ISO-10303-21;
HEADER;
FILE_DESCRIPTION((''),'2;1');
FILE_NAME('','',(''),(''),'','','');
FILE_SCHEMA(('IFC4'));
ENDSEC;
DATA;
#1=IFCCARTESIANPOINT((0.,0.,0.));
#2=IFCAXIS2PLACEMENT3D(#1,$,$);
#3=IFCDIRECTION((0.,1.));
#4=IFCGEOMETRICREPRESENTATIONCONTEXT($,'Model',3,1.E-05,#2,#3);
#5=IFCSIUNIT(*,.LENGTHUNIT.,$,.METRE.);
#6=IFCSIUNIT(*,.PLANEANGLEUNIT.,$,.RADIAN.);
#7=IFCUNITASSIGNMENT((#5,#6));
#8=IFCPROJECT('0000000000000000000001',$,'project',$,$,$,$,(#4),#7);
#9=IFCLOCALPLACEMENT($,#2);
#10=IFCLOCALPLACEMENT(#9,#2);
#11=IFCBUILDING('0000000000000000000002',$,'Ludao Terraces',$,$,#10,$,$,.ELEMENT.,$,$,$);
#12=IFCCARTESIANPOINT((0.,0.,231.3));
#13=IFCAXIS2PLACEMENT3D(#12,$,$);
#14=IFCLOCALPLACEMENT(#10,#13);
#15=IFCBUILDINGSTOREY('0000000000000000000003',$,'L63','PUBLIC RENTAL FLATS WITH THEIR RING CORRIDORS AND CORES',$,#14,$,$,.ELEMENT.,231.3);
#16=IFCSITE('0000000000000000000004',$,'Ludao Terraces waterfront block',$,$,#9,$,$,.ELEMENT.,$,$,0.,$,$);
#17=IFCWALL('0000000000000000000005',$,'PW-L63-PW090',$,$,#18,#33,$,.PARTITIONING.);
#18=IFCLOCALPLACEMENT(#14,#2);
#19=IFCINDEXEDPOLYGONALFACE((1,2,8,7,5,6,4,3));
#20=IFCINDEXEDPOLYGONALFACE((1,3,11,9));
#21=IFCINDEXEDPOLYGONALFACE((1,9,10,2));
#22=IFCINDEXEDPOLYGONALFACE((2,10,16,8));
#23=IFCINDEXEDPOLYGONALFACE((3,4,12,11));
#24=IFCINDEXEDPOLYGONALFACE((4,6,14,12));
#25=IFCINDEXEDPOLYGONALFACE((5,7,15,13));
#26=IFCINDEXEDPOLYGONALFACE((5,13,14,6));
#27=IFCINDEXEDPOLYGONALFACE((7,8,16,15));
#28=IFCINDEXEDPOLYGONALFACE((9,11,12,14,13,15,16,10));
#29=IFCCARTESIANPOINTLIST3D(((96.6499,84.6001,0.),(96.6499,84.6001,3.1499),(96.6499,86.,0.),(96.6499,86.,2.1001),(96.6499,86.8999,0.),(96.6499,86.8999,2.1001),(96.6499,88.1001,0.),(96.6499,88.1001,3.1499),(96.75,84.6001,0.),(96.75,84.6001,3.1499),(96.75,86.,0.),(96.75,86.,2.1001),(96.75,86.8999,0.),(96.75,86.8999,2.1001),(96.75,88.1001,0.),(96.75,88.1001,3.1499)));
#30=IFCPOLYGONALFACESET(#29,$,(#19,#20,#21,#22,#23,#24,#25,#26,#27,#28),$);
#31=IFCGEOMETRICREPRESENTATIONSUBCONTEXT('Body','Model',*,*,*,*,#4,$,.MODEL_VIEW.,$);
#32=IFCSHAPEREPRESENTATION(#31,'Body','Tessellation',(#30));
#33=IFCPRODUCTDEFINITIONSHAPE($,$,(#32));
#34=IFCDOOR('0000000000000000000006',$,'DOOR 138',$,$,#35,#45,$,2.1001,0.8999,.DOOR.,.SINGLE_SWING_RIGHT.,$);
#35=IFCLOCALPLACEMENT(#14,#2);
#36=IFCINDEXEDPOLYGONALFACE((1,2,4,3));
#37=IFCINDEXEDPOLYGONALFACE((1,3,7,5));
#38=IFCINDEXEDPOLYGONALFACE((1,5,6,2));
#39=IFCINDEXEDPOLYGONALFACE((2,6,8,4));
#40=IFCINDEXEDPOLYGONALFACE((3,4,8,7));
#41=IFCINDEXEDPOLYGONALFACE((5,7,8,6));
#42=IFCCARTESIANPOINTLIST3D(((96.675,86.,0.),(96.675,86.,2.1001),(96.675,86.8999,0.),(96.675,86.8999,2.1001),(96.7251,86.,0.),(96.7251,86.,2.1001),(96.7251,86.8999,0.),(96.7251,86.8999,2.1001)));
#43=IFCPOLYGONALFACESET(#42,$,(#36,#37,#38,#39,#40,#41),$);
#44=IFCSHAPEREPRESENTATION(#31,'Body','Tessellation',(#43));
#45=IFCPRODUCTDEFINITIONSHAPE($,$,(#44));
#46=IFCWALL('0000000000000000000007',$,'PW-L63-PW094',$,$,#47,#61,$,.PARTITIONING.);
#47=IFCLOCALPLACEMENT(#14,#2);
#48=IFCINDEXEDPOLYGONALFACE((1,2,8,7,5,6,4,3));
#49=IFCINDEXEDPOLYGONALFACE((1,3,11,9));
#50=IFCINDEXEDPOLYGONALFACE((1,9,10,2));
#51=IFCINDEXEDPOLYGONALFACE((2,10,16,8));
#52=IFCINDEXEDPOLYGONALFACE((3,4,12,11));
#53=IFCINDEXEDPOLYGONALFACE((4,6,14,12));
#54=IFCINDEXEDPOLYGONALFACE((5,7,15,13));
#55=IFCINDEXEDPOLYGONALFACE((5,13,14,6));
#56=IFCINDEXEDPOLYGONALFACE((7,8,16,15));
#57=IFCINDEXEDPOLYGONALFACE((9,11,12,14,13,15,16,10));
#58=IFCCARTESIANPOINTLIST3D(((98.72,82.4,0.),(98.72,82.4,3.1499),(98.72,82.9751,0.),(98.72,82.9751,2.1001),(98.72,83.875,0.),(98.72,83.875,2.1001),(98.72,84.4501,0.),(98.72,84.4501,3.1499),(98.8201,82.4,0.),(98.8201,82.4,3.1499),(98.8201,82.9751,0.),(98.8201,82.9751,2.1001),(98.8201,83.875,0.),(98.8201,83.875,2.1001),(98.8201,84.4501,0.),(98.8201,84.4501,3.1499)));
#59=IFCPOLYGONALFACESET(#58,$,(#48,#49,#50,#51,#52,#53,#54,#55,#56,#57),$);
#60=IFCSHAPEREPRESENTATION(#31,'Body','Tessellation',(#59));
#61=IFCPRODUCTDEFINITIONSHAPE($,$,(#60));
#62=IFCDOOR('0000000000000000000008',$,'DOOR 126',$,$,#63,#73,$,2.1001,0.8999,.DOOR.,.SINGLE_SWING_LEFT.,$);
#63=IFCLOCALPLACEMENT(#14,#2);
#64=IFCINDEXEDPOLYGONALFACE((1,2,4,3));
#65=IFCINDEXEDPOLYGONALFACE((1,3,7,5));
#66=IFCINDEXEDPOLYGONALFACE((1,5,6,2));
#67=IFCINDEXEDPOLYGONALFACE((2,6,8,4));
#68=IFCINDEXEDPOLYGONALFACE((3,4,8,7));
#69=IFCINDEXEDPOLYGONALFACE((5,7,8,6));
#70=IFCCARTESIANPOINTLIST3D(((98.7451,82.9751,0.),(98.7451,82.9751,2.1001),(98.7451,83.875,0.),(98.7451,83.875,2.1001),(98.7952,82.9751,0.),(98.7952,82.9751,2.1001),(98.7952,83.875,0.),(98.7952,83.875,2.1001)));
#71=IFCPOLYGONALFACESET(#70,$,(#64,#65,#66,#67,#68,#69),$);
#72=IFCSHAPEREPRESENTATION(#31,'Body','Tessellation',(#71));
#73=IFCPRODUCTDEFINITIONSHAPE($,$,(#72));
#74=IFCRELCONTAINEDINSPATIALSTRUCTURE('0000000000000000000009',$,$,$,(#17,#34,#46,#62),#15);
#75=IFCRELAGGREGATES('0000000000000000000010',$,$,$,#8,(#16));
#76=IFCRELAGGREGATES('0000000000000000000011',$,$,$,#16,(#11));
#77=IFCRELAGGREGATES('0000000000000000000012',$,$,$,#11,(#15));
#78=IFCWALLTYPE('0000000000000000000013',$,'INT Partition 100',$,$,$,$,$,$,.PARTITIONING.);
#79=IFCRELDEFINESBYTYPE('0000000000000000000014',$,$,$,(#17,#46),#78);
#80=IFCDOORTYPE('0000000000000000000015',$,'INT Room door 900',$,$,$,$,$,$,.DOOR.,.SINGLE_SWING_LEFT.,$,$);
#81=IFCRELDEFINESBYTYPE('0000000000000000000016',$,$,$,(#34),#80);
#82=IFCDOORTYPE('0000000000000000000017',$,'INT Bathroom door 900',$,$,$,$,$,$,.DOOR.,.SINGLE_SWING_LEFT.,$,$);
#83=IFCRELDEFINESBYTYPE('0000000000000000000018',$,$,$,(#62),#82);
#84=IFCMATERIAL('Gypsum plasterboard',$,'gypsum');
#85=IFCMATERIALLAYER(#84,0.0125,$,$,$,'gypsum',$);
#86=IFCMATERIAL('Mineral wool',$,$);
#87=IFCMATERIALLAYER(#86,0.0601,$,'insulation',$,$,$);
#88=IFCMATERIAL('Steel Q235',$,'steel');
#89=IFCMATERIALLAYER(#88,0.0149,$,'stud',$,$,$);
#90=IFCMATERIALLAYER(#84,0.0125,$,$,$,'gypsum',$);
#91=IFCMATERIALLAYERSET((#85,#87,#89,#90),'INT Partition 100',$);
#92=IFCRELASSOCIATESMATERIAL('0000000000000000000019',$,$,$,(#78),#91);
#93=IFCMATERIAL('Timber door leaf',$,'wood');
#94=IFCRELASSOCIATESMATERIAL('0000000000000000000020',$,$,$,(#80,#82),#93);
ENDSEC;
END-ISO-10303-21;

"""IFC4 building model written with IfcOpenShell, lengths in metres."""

from ifc_helpers import new_model, si_unit, direction, frame, frame_2d, origin, place, context, subcontext, project, spatial, rectangle, extrude, material, layer, layer_set, type_object, element, fill, save


model = new_model("IFC4")

# Units and contexts
model_context = context("Model", 3, precision=1e-05, world=origin(), true_north=direction((0.0, 1.0)))
body_context = subcontext(model_context, "Body", "Model", "MODEL_VIEW")
ifc_project = project(units=[si_unit("LENGTHUNIT", "METRE"), si_unit("PLANEANGLEUNIT", "RADIAN")], contexts=[model_context])

# Site, building, storey
site_placement = place(None, origin())
site = spatial("IfcSite", under=ifc_project, at=site_placement, Name="Ludao Terraces waterfront block", CompositionType="ELEMENT", RefElevation=0.0)
building_placement = place(site_placement, origin())
building = spatial("IfcBuilding", under=site, at=building_placement, Name="Ludao Terraces", CompositionType="ELEMENT")
storey_placement = place(building_placement, frame((0.0, 0.0, 231.3)))
storey = spatial("IfcBuildingStorey", under=building, at=storey_placement, Name="L63", Description="PUBLIC RENTAL FLATS WITH THEIR RING CORRIDORS AND CORES", CompositionType="ELEMENT", Elevation=231.3)

# Shared definitions
ifc_material_1 = material(Name="Mineral wool")

# Shared definitions
ifc_material_2 = material(Name="Gypsum plasterboard", Category="gypsum")
ifc_layer_1 = layer(ifc_material_2, 0.0125, Category="gypsum")
ifc_layer_2 = layer(ifc_material_1, 0.0601, Name="insulation")
ifc_material_3 = material(Name="Steel Q235", Category="steel")
ifc_layer_3 = layer(ifc_material_3, 0.0149, Name="stud")
ifc_layer_4 = layer(ifc_material_2, 0.0125, Category="gypsum")
ifc_layer_set_1 = layer_set([ifc_layer_1, ifc_layer_2, ifc_layer_3, ifc_layer_4], Name="INT Partition 100")
wall_type_1 = type_object("IfcWallType", Name="INT Partition 100", PredefinedType="PARTITIONING", material=ifc_layer_set_1)

# Walls, openings, doors
ifc_material_4 = material(Name="Timber door leaf", Category="wood")
door_type_1 = type_object("IfcDoorType", Name="INT Room door 900", OperationType="SINGLE_SWING_LEFT", PredefinedType="DOOR", material=ifc_material_4)
wall_1_placement = place(storey_placement, frame((96.7, 84.6001, 0.0), z_axis=(0.0, 0.0, 1.0), x_axis=(0.0, 1.0, 0.0)))
wall_1 = element("IfcWall", 1, at=wall_1_placement, inside=storey, type_object=wall_type_1, Name="PW-L63-PW090", PredefinedType="PARTITIONING", context=body_context, shape_type="SweptSolid", body=[
    extrude(rectangle(XDim=3.5, YDim=0.1001, at=frame_2d((1.75, 0.0))), origin(), (0.0, 0.0, 1.0), 3.1499),
])
opening_1_placement = place(wall_1_placement, frame((1.3999, 0.0, 0.0)))
opening_1 = element("IfcOpeningElement", 2, at=opening_1_placement, cuts=wall_1, PredefinedType="OPENING", context=body_context, shape_type="SweptSolid", body=[
    extrude(rectangle(XDim=0.8999, YDim=2.1001, at=frame_2d((0.45, 1.05))), frame((0.0, 0.0601, 0.0), z_axis=(0.0, -1.0, 0.0), x_axis=(1.0, 0.0, 0.0)), (0.0, 0.0, 1.0), 0.1201),
])
door_1_placement = place(opening_1_placement, origin())
door_1 = element("IfcDoor", 3, at=door_1_placement, inside=storey, type_object=door_type_1, Name="DOOR 138", OperationType="SINGLE_SWING_RIGHT", OverallHeight=2.1001, OverallWidth=0.8999, PredefinedType="DOOR", context=body_context, shape_type="SweptSolid", body=[
    extrude(rectangle(XDim=0.8999, YDim=2.1001, at=frame_2d((0.45, 1.05))), frame((0.0, 0.0249, 0.0), z_axis=(0.0, -1.0, 0.0), x_axis=(1.0, 0.0, 0.0)), (0.0, 0.0, 1.0), 0.05),
])
fill(opening_1, door_1)
wall_2_placement = place(storey_placement, frame((98.77, 82.4001, 0.0), z_axis=(0.0, 0.0, 1.0), x_axis=(0.0, 1.0, 0.0)))
wall_2 = element("IfcWall", 4, at=wall_2_placement, inside=storey, type_object=wall_type_1, Name="PW-L63-PW094", PredefinedType="PARTITIONING", context=body_context, shape_type="SweptSolid", body=[
    extrude(rectangle(XDim=2.05, YDim=0.1001, at=frame_2d((1.0249, 0.0))), origin(), (0.0, 0.0, 1.0), 3.1499),
])
opening_2_placement = place(wall_2_placement, frame((0.575, 0.0, 0.0)))
opening_2 = element("IfcOpeningElement", 5, at=opening_2_placement, cuts=wall_2, PredefinedType="OPENING", context=body_context, shape_type="SweptSolid", body=[
    extrude(rectangle(XDim=0.8999, YDim=2.1001, at=frame_2d((0.45, 1.05))), frame((0.0, 0.0601, 0.0), z_axis=(0.0, -1.0, 0.0), x_axis=(1.0, 0.0, 0.0)), (0.0, 0.0, 1.0), 0.1201),
])
door_type_2 = type_object("IfcDoorType", Name="INT Bathroom door 900", OperationType="SINGLE_SWING_LEFT", PredefinedType="DOOR", material=ifc_material_4)
door_2_placement = place(opening_2_placement, origin())
door_2 = element("IfcDoor", 6, at=door_2_placement, inside=storey, type_object=door_type_2, Name="DOOR 126", OperationType="SINGLE_SWING_LEFT", OverallHeight=2.1001, OverallWidth=0.8999, PredefinedType="DOOR", context=body_context, shape_type="SweptSolid", body=[
    extrude(rectangle(XDim=0.8999, YDim=2.1001, at=frame_2d((0.45, 1.05))), frame((0.0, 0.0249, 0.0), z_axis=(0.0, -1.0, 0.0), x_axis=(1.0, 0.0, 0.0)), (0.0, 0.0, 1.0), 0.05),
])
fill(opening_2, door_2)

save(model, "model.ifc")
